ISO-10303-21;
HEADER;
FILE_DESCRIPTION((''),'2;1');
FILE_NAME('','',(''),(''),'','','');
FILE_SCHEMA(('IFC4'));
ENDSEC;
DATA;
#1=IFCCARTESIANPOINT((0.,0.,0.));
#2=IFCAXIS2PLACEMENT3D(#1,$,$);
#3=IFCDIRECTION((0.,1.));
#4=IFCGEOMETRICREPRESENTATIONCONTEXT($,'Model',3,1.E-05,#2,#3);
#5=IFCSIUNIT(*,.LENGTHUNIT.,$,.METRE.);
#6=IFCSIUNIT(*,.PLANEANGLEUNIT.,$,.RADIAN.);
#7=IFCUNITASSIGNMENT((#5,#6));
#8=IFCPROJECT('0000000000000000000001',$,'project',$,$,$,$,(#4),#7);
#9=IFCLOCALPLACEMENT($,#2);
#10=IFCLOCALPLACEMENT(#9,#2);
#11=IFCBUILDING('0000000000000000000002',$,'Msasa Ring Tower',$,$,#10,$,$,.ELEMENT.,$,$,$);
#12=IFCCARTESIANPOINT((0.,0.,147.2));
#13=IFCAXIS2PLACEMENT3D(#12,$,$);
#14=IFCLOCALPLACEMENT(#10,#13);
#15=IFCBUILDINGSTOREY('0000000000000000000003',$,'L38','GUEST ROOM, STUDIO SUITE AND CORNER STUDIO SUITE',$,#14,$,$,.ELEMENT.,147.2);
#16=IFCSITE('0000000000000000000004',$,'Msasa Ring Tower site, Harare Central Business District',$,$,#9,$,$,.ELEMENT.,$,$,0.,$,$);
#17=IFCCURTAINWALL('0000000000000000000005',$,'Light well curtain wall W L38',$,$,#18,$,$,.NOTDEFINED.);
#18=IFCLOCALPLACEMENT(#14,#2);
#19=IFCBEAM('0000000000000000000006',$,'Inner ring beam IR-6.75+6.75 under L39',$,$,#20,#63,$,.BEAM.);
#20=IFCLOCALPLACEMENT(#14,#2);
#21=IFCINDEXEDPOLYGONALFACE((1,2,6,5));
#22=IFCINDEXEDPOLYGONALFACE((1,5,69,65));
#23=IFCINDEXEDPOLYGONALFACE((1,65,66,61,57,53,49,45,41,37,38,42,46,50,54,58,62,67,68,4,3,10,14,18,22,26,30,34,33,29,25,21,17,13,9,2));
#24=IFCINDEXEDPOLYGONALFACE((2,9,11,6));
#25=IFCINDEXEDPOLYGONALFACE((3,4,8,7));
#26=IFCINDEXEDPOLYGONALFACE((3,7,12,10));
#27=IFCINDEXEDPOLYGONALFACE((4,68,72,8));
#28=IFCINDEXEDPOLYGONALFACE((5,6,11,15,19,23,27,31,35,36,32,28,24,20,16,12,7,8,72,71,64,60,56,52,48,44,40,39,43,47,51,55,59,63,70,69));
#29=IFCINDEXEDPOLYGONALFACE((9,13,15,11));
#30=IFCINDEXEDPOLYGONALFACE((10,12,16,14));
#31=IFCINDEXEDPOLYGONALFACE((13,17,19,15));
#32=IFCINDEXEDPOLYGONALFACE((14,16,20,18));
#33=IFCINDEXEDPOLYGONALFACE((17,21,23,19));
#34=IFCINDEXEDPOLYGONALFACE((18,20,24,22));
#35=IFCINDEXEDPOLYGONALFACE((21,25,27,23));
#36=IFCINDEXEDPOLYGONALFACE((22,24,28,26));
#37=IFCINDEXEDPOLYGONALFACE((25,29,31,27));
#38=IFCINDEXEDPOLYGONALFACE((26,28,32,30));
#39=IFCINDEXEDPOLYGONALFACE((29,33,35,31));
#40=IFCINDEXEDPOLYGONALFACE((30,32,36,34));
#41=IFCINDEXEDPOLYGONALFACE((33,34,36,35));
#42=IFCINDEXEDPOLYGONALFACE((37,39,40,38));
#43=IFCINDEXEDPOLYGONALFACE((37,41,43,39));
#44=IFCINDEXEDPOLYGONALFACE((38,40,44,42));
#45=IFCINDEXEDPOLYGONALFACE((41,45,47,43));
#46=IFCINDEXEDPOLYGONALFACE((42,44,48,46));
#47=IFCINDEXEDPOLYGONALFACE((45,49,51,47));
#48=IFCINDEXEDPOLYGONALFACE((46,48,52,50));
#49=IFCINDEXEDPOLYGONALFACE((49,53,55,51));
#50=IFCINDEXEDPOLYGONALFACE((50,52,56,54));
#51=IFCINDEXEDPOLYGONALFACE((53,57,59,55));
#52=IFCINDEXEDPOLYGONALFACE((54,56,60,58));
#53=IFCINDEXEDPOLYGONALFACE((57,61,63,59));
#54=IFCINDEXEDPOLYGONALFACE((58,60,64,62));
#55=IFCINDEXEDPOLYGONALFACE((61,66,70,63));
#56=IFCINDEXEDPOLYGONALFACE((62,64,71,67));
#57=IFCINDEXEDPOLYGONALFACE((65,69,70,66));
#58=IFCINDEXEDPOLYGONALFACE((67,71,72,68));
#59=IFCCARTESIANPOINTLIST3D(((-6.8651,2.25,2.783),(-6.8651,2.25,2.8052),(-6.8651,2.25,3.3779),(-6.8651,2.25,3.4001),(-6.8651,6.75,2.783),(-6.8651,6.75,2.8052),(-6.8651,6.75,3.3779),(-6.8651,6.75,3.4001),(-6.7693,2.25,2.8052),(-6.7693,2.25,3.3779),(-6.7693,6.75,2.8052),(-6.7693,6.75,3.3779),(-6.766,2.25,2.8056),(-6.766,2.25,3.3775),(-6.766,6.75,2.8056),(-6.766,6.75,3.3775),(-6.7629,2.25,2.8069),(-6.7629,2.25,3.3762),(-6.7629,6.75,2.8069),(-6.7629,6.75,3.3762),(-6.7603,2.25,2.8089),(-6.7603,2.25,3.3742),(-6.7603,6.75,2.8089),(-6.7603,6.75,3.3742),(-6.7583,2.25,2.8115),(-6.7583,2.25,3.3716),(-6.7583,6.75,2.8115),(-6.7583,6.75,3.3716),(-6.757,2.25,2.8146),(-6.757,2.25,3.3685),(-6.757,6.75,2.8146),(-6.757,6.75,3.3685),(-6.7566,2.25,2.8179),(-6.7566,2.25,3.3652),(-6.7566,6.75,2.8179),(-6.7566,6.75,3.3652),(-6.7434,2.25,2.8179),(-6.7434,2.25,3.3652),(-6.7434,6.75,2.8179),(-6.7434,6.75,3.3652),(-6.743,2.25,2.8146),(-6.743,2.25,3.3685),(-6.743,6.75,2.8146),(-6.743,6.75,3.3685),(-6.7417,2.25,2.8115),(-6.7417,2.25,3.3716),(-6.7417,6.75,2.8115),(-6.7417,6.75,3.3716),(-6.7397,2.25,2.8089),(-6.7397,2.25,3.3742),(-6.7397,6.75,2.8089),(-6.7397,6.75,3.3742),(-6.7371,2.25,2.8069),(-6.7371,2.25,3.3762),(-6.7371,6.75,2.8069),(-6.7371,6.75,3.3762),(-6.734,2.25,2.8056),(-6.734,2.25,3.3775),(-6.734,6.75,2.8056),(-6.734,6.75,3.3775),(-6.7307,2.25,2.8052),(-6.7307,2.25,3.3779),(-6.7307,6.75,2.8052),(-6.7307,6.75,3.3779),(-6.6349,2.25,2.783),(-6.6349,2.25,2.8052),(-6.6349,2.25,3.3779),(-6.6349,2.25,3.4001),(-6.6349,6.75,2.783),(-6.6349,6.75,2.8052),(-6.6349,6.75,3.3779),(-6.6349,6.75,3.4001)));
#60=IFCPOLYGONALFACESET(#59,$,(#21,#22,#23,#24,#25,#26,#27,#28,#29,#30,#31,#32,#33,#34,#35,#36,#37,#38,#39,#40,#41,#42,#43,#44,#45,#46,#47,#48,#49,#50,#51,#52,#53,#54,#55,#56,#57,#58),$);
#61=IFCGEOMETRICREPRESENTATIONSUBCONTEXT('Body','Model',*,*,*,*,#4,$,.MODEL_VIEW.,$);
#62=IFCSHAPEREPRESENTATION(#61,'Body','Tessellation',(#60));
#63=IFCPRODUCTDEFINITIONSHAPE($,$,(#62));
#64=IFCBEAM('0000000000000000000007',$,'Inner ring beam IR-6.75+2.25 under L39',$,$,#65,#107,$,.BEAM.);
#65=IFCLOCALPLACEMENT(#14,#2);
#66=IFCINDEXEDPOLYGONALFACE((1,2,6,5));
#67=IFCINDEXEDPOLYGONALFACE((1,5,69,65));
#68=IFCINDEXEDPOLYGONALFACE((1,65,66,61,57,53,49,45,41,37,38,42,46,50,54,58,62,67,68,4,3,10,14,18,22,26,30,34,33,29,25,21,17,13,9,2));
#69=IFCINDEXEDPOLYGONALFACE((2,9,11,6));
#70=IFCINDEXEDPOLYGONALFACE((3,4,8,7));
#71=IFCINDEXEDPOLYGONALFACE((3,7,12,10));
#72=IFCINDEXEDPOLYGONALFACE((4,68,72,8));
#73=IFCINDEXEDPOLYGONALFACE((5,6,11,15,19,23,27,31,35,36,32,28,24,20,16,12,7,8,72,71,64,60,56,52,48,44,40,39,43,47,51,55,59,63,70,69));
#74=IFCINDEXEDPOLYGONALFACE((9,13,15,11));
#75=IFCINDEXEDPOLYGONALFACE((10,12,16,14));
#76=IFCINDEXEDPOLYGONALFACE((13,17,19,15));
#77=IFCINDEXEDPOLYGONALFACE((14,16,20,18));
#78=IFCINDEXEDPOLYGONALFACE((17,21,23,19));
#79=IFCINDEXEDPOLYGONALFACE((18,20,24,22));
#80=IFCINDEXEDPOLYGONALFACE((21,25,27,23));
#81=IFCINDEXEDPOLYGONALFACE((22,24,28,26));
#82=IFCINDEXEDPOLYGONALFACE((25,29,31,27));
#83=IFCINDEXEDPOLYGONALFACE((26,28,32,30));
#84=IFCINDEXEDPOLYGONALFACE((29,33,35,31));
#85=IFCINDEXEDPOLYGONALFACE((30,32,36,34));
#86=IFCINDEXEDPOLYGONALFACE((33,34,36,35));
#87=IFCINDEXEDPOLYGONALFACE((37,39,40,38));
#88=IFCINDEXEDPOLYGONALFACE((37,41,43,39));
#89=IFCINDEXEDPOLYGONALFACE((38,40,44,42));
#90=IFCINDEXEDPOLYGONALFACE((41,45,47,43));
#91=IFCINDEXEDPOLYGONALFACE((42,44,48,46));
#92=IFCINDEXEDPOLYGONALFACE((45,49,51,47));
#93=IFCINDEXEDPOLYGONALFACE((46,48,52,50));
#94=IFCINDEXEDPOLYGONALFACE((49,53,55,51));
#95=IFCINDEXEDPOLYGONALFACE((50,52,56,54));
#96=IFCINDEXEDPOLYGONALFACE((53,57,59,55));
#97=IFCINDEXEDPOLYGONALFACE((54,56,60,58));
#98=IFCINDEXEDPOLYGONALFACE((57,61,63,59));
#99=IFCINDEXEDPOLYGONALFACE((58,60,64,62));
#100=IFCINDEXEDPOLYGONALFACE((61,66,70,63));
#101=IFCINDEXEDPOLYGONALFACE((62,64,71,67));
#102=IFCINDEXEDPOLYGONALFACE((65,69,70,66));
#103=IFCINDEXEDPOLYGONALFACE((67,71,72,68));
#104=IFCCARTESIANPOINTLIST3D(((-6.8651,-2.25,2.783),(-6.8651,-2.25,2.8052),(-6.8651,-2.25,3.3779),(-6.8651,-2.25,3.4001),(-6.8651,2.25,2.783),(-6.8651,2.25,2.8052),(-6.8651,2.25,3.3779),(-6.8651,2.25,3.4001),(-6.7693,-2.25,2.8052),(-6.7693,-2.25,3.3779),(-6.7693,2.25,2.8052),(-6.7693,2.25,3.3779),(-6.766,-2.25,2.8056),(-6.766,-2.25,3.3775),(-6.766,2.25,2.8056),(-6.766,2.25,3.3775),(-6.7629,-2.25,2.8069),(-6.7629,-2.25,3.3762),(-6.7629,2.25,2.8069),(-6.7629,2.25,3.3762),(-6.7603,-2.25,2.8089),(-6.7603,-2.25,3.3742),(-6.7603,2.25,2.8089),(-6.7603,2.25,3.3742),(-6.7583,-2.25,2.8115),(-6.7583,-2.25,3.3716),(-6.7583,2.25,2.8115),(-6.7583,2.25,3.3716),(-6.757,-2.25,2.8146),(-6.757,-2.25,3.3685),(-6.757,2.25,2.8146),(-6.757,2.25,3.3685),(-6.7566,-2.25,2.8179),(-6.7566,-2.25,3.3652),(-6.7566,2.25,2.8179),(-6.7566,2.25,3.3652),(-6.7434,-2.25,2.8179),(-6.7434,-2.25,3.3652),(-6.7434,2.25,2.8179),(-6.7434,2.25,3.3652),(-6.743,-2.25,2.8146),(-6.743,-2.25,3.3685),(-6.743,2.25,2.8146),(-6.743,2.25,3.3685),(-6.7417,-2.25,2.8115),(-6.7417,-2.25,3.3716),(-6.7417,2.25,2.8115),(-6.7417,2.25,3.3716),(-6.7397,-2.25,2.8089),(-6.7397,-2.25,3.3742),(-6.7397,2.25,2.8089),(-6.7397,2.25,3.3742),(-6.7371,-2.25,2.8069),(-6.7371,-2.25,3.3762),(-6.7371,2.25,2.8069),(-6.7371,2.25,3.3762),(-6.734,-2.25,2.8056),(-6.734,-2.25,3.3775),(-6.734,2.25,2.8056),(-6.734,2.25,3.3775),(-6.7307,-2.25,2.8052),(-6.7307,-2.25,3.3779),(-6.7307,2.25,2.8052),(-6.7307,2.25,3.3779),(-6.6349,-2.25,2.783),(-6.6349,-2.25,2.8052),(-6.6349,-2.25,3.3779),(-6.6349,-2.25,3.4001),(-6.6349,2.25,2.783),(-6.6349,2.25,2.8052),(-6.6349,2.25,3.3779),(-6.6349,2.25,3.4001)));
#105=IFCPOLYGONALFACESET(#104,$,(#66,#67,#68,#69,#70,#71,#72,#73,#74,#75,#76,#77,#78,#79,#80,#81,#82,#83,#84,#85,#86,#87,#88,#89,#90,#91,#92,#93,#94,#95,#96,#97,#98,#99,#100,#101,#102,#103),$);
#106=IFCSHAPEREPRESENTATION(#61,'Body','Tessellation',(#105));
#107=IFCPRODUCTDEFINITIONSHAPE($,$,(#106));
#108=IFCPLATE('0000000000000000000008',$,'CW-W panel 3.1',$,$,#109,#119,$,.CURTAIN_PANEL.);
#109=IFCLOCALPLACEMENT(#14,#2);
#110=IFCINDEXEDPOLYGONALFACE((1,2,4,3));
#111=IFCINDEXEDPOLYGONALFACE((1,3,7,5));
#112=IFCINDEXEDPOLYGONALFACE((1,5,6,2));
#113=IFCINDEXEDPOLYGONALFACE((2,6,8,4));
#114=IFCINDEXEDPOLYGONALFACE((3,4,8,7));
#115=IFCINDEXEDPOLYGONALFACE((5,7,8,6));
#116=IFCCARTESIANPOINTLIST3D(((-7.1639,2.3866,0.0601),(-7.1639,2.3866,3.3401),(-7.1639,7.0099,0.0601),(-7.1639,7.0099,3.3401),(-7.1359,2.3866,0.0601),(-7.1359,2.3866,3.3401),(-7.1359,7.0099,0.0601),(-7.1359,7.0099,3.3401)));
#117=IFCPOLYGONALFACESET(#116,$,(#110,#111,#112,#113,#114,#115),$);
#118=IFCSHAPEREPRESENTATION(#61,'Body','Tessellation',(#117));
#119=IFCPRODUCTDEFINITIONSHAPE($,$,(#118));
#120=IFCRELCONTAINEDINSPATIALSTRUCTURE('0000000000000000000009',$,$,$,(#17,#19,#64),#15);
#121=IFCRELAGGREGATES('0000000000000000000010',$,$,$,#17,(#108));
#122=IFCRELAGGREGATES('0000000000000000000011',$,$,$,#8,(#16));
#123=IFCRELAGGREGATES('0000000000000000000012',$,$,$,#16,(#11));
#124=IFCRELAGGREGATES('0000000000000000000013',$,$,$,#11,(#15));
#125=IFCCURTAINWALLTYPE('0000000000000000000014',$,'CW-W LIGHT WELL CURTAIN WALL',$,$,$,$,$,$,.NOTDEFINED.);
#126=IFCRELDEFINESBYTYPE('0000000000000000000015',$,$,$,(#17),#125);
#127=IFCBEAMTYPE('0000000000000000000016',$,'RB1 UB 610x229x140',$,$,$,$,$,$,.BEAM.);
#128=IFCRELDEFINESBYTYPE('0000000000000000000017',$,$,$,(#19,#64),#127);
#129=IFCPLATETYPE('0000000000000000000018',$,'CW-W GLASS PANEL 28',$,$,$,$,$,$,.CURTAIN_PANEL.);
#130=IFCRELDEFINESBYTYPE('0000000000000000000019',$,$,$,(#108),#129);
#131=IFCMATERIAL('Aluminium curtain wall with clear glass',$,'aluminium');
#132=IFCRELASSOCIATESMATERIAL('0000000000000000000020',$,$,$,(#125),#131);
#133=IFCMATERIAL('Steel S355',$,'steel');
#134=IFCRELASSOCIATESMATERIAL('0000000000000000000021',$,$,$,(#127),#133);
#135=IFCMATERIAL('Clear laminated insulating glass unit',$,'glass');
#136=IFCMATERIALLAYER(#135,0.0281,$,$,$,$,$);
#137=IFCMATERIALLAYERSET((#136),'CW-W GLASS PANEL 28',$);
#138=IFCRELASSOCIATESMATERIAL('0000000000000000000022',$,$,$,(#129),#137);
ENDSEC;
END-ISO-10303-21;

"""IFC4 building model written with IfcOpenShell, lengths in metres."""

from ifc_helpers import new_model, si_unit, direction, frame, origin, origin_2d, place, context, subcontext, project, spatial, rectangle, i_section, extrude, material, layer, layer_set, material_profile, profile_set, type_object, element, aggregate, save


model = new_model("IFC4")

# Units and contexts
model_context = context("Model", 3, precision=1e-05, world=origin(), true_north=direction((0.0, 1.0)))
body_context = subcontext(model_context, "Body", "Model", "MODEL_VIEW")
ifc_project = project(units=[si_unit("LENGTHUNIT", "METRE"), si_unit("PLANEANGLEUNIT", "RADIAN")], contexts=[model_context])

# Site, building, storey
site_placement = place(None, origin())
site = spatial("IfcSite", under=ifc_project, at=site_placement, Name="Msasa Ring Tower site, Harare Central Business District", CompositionType="ELEMENT", RefElevation=0.0)
building_placement = place(site_placement, origin())
building = spatial("IfcBuilding", under=site, at=building_placement, Name="Msasa Ring Tower", CompositionType="ELEMENT")
storey_placement = place(building_placement, frame((0.0, 0.0, 147.2)))
storey = spatial("IfcBuildingStorey", under=building, at=storey_placement, Name="L38", Description="GUEST ROOM, STUDIO SUITE AND CORNER STUDIO SUITE", CompositionType="ELEMENT", Elevation=147.2)

# Shared definitions
ifc_material_1 = material(Name="Aluminium curtain wall with clear glass", Category="aluminium")
curtain_wall_type = type_object("IfcCurtainWallType", Name="CW-W LIGHT WELL CURTAIN WALL", PredefinedType="NOTDEFINED", material=ifc_material_1)

# Curtain wall
curtain_wall_1_placement = place(storey_placement, origin())
curtain_wall_1 = element("IfcCurtainWall", 1, at=curtain_wall_1_placement, inside=storey, type_object=curtain_wall_type, Name="Light well curtain wall W L38", PredefinedType="NOTDEFINED")

# Beams
ifc_material_2 = material(Name="Steel S355", Category="steel")
ifc_material_profile_1 = material_profile(ifc_material_2, i_section(OverallWidth=0.2302, OverallDepth=0.6172, WebThickness=0.0132, FlangeThickness=0.0222, FilletRadius=0.0127, at=origin_2d()), Name="UB 610x229x140")
ifc_profile_set_1 = profile_set([ifc_material_profile_1], Name="Steel S355")
beam_type = type_object("IfcBeamType", Name="RB1 UB 610x229x140", PredefinedType="BEAM", material=ifc_profile_set_1)
for number, where, z_axis, x_axis, name in (
    (2, (-6.75, 6.75, 3.0916), (0.0, -1.0, 0.0), (1.0, 0.0, 0.0), "Inner ring beam IR-6.75+6.75 under L39"),
    (3, (-6.75, 2.25, 3.0916), (0.0, -1.0, 0.0), (1.0, 0.0, 0.0), "Inner ring beam IR-6.75+2.25 under L39"),
):
    element("IfcBeam", number, at=place(storey_placement, frame(where, z_axis=z_axis, x_axis=x_axis)), inside=storey, type_object=beam_type, Name=name, PredefinedType="BEAM", context=body_context, shape_type="SweptSolid", body=[
        extrude(i_section(OverallWidth=0.2302, OverallDepth=0.6172, WebThickness=0.0132, FlangeThickness=0.0222, FilletRadius=0.0127, at=origin_2d()), origin(), (0.0, 0.0, 1.0), 4.5),
    ])

# Plate
ifc_material_3 = material(Name="Clear laminated insulating glass unit", Category="glass")
ifc_layer_1 = layer(ifc_material_3, 0.0281)
ifc_layer_set_1 = layer_set([ifc_layer_1], Name="CW-W GLASS PANEL 28")
plate_type = type_object("IfcPlateType", Name="CW-W GLASS PANEL 28", PredefinedType="CURTAIN_PANEL", material=ifc_layer_set_1)
plate_placement = place(storey_placement, frame((-7.1499, 4.6982, 0.0601), z_axis=(0.0, 0.0, 1.0), x_axis=(0.0, 1.0, 0.0)))
plate = element("IfcPlate", 4, at=plate_placement, type_object=plate_type, Name="CW-W panel 3.1", PredefinedType="CURTAIN_PANEL", context=body_context, shape_type="SweptSolid", body=[
    extrude(rectangle(XDim=4.6233, YDim=0.0281, at=origin_2d()), origin(), (0.0, 0.0, 1.0), 3.28),
])
aggregate(curtain_wall_1, [plate])

save(model, "model.ifc")
